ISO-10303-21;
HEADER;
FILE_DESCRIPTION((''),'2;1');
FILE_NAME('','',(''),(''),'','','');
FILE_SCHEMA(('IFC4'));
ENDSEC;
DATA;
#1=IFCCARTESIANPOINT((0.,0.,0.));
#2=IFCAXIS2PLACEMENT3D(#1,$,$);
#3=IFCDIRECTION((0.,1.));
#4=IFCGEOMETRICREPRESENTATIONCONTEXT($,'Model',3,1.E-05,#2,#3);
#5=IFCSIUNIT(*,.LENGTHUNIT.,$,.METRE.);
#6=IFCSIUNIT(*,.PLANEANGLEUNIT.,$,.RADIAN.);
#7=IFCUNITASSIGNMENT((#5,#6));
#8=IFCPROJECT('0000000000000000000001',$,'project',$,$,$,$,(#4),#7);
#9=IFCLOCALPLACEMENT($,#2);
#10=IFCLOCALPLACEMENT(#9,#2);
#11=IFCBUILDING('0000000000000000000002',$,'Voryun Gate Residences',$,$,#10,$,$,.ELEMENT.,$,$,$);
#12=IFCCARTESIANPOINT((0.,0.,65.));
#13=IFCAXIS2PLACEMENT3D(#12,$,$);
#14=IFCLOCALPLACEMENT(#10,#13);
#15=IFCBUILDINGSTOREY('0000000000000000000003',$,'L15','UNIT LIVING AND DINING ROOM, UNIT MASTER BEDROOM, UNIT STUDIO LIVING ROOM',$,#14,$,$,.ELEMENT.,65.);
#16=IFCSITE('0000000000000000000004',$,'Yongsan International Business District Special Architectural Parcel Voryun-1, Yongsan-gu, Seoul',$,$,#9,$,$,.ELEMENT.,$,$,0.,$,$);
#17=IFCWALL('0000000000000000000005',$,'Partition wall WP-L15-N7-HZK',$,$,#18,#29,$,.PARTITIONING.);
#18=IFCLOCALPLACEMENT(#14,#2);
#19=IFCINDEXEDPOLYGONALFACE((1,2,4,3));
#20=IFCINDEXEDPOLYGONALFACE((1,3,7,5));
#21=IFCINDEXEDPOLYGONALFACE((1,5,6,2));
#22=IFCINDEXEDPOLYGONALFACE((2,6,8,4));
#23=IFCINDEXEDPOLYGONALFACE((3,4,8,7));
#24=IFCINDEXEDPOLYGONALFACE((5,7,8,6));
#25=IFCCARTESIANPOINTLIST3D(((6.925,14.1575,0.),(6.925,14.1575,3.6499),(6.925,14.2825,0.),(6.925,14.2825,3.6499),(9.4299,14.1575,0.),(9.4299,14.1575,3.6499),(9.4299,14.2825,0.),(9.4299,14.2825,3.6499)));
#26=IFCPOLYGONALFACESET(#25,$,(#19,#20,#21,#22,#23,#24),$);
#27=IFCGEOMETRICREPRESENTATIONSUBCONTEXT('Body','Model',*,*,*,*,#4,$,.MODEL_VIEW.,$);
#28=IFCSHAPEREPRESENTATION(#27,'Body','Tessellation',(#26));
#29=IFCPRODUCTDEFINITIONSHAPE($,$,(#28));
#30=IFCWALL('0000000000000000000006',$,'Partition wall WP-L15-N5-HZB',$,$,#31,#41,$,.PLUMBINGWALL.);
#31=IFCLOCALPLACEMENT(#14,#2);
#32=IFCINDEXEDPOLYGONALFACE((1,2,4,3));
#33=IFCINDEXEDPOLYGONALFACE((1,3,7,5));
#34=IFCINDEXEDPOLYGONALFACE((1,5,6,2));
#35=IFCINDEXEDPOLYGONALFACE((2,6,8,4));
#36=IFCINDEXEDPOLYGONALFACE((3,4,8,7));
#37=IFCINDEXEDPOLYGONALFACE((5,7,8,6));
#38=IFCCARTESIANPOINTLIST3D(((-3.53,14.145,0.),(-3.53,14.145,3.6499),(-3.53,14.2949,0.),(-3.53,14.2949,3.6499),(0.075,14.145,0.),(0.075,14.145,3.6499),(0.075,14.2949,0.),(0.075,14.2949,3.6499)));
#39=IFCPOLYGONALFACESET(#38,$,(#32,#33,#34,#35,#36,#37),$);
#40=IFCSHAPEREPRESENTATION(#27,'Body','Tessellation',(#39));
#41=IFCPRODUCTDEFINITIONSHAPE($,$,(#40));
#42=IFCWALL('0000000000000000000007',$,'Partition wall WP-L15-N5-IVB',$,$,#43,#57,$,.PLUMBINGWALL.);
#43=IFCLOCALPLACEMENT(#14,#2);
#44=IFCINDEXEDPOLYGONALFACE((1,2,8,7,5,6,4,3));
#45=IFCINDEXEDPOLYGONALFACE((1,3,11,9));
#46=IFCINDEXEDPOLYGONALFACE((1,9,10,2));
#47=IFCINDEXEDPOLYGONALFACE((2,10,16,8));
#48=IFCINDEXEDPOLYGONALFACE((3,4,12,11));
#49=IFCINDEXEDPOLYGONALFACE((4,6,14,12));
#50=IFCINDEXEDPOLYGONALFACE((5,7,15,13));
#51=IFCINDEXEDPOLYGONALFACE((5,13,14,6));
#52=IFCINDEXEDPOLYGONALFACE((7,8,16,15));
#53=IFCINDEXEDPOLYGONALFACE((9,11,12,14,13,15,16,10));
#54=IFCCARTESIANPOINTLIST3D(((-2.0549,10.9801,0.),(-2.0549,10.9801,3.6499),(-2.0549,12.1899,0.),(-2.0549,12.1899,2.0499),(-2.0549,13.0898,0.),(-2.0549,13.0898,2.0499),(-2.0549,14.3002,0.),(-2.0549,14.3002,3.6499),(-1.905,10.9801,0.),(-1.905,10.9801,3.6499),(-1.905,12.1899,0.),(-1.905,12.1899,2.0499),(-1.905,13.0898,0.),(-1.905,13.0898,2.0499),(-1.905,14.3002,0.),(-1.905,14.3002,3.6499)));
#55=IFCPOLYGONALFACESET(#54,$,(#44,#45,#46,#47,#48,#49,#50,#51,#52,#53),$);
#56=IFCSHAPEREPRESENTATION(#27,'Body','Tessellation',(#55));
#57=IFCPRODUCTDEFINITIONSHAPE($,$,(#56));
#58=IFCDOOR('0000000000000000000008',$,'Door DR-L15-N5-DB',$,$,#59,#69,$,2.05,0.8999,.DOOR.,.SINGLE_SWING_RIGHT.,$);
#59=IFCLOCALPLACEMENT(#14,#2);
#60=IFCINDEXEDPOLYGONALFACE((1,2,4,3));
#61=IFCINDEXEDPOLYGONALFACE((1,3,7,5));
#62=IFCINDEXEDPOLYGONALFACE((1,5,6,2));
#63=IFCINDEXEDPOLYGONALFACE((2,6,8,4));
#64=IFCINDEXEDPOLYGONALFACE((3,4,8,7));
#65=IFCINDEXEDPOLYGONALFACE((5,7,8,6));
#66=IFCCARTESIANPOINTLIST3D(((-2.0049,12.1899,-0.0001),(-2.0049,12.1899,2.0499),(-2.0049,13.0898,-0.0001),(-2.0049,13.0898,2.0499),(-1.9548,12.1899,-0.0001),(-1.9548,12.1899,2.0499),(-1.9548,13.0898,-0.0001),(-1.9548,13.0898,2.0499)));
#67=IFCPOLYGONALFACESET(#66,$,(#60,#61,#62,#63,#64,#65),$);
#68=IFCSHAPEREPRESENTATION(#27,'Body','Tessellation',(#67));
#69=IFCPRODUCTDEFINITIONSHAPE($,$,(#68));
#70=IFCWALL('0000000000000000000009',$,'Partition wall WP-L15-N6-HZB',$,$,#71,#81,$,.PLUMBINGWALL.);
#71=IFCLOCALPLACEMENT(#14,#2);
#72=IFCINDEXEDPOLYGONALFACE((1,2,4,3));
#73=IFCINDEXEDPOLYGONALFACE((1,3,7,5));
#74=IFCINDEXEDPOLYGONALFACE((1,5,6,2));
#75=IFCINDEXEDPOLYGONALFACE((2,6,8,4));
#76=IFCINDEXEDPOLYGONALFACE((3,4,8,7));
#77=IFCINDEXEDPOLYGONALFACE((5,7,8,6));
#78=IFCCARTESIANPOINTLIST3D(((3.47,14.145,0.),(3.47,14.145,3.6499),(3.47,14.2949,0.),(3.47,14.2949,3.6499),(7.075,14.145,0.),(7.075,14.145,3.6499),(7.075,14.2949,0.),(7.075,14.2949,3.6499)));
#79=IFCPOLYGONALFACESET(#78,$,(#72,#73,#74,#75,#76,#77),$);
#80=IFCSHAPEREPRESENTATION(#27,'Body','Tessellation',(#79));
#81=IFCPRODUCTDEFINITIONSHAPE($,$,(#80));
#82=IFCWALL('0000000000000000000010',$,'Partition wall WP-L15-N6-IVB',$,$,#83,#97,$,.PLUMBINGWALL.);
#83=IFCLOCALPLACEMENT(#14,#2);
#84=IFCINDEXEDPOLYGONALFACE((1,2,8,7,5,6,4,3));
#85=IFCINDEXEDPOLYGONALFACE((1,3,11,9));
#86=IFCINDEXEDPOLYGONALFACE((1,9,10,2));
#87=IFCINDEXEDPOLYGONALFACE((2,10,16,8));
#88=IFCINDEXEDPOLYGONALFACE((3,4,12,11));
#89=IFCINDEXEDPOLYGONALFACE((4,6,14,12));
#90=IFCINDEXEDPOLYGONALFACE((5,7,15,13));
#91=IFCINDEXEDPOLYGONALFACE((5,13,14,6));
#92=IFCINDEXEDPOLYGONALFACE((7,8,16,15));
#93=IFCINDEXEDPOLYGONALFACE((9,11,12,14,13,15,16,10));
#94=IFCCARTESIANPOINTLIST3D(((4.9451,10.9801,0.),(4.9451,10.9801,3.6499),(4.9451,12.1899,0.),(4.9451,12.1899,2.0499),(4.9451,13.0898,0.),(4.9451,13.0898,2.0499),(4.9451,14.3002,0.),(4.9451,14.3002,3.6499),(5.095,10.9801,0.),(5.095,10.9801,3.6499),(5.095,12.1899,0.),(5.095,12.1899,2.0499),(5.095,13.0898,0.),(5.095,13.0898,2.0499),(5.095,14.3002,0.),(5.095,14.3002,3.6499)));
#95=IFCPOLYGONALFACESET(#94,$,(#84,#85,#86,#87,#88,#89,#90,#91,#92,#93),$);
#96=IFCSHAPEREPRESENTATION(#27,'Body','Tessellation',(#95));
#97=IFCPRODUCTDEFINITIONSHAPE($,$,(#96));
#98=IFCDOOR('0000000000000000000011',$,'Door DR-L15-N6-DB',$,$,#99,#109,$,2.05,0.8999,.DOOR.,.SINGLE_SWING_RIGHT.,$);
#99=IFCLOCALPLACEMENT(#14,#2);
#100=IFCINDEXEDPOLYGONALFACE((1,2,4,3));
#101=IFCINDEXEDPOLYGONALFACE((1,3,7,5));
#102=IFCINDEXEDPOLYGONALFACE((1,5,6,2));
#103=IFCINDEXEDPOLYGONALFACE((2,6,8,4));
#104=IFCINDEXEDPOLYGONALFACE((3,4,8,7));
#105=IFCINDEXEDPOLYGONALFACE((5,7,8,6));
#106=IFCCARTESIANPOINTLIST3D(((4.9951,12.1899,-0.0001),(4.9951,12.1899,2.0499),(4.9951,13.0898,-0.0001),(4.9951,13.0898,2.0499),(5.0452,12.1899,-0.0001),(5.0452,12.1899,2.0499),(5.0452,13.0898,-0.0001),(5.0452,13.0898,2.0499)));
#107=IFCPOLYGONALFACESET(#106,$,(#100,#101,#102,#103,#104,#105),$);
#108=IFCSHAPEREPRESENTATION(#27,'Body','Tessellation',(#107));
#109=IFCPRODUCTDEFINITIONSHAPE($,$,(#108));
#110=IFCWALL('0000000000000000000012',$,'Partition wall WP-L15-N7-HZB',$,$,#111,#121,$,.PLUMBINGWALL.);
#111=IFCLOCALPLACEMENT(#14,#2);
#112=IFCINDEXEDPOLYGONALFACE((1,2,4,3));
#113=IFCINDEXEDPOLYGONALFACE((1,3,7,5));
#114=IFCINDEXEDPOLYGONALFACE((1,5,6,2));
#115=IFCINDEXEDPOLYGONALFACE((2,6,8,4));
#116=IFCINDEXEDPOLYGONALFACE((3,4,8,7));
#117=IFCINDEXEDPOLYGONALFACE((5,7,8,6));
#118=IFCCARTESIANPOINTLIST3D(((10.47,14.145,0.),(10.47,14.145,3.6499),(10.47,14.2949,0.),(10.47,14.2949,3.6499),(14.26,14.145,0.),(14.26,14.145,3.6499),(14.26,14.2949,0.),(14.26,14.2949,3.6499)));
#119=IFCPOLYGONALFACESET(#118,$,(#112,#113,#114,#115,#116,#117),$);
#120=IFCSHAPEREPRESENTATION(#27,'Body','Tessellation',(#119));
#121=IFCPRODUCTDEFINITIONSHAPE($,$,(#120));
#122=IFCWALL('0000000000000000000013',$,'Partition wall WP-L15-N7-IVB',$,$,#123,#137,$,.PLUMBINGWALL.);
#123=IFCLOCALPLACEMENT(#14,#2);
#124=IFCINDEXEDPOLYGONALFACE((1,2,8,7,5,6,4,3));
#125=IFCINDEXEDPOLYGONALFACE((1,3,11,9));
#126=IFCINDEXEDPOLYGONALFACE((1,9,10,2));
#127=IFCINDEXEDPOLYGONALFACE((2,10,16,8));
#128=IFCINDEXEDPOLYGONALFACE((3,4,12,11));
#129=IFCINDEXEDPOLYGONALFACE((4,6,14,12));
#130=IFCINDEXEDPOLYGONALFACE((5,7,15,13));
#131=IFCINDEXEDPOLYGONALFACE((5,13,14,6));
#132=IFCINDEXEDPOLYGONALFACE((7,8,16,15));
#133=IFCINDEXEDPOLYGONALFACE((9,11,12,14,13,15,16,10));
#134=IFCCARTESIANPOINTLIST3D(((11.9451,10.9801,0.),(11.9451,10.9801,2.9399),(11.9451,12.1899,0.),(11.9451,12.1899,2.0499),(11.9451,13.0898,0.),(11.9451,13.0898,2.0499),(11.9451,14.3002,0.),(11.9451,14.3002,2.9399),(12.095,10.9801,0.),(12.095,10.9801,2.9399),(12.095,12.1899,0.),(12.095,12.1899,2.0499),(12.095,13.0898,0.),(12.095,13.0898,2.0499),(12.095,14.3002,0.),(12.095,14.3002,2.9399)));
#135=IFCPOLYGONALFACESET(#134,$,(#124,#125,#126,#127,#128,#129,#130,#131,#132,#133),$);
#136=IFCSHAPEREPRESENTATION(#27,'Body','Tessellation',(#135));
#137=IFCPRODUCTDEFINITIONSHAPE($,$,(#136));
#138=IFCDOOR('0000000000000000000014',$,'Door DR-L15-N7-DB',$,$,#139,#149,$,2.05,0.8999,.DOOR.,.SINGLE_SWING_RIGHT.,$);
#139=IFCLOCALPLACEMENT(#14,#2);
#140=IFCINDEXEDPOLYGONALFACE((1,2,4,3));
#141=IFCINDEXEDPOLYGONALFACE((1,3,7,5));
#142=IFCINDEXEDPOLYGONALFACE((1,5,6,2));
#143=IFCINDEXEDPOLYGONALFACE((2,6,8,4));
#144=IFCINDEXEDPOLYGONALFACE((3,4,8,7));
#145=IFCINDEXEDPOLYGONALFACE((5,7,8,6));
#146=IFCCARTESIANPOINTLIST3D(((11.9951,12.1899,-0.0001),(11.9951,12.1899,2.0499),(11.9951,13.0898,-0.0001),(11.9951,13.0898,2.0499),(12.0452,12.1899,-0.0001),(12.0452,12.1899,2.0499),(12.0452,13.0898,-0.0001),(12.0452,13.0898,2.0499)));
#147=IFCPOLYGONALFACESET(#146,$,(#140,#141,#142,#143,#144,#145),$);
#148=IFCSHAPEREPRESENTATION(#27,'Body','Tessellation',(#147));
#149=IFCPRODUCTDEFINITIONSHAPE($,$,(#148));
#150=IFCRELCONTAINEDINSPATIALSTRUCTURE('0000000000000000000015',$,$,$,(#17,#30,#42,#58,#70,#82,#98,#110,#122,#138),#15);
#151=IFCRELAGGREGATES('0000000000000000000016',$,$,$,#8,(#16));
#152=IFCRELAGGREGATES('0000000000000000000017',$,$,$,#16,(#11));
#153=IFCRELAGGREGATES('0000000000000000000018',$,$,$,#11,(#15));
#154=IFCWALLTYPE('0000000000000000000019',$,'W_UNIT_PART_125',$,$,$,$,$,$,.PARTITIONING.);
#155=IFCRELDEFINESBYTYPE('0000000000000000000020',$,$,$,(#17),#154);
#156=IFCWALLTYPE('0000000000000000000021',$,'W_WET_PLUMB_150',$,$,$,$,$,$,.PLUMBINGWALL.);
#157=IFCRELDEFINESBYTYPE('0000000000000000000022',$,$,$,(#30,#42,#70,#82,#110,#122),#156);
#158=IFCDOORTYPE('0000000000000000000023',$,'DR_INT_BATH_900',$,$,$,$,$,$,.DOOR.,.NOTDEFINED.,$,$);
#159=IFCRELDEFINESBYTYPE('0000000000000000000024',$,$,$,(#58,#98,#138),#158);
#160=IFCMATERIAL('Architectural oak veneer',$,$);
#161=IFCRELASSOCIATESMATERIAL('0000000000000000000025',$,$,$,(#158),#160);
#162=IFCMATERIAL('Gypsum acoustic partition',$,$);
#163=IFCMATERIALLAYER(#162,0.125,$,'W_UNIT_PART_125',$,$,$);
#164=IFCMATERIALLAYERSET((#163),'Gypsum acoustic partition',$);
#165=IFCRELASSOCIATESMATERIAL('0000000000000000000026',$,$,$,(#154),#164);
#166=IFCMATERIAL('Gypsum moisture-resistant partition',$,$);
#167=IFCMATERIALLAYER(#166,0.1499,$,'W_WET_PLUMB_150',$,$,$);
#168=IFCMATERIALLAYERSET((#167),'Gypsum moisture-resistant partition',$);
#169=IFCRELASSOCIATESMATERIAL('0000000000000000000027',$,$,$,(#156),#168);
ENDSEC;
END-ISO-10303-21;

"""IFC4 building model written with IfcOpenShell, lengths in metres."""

from ifc_helpers import new_model, si_unit, direction, frame, frame_2d, origin, place, context, subcontext, project, spatial, rectangle, extrude, material, layer, layer_set, type_object, element, fill, save


model = new_model("IFC4")

# Units and contexts
model_context = context("Model", 3, precision=1e-05, world=origin(), true_north=direction((0.0, 1.0)))
body_context = subcontext(model_context, "Body", "Model", "MODEL_VIEW")
ifc_project = project(units=[si_unit("LENGTHUNIT", "METRE"), si_unit("PLANEANGLEUNIT", "RADIAN")], contexts=[model_context])

# Site, building, storey
site_placement = place(None, origin())
site = spatial("IfcSite", under=ifc_project, at=site_placement, Name="Yongsan International Business District Special Architectural Parcel Voryun-1, Yongsan-gu, Seoul", CompositionType="ELEMENT", RefElevation=0.0)
building_placement = place(site_placement, origin())
building = spatial("IfcBuilding", under=site, at=building_placement, Name="Voryun Gate Residences", CompositionType="ELEMENT")
storey_placement = place(building_placement, frame((0.0, 0.0, 65.0)))
storey = spatial("IfcBuildingStorey", under=building, at=storey_placement, Name="L15", Description="UNIT LIVING AND DINING ROOM, UNIT MASTER BEDROOM, UNIT STUDIO LIVING ROOM", CompositionType="ELEMENT", Elevation=65.0)

# Shared definitions
ifc_material_1 = material(Name="Architectural oak veneer")
door_type_1 = type_object("IfcDoorType", Name="DR_INT_BATH_900", OperationType="NOTDEFINED", PredefinedType="DOOR", material=ifc_material_1)

# Shared definitions
ifc_material_2 = material(Name="Gypsum acoustic partition")
ifc_layer_1 = layer(ifc_material_2, 0.125, Name="W_UNIT_PART_125")
ifc_layer_set_1 = layer_set([ifc_layer_1], Name="Gypsum acoustic partition")
wall_type_1 = type_object("IfcWallType", Name="W_UNIT_PART_125", PredefinedType="PARTITIONING", material=ifc_layer_set_1)

# Walls
wall_1_placement = place(storey_placement, frame((6.925, 14.22, 0.0), z_axis=(0.0, 0.0, 1.0), x_axis=(1.0, 0.0, 0.0)))
element("IfcWall", 1, at=wall_1_placement, inside=storey, type_object=wall_type_1, Name="Partition wall WP-L15-N7-HZK", PredefinedType="PARTITIONING", context=body_context, shape_type="SweptSolid", body=[
    extrude(rectangle(XDim=2.5049, YDim=0.125, at=frame_2d((1.2524, 0.0))), origin(), (0.0, 0.0, 1.0), 3.6499),
])
ifc_material_3 = material(Name="Gypsum moisture-resistant partition")
ifc_layer_2 = layer(ifc_material_3, 0.1499, Name="W_WET_PLUMB_150")
ifc_layer_set_2 = layer_set([ifc_layer_2], Name="Gypsum moisture-resistant partition")
wall_type_2 = type_object("IfcWallType", Name="W_WET_PLUMB_150", PredefinedType="PLUMBINGWALL", material=ifc_layer_set_2)
wall_2_placement = place(storey_placement, frame((-3.53, 14.22, 0.0), z_axis=(0.0, 0.0, 1.0), x_axis=(1.0, 0.0, 0.0)))
element("IfcWall", 2, at=wall_2_placement, inside=storey, type_object=wall_type_2, Name="Partition wall WP-L15-N5-HZB", PredefinedType="PLUMBINGWALL", context=body_context, shape_type="SweptSolid", body=[
    extrude(rectangle(XDim=3.605, YDim=0.1499, at=frame_2d((1.8025, 0.0))), origin(), (0.0, 0.0, 1.0), 3.6499),
])

# Wall, opening, door
wall_3_placement = place(storey_placement, frame((-1.98, 10.98, 0.0), z_axis=(0.0, 0.0, 1.0), x_axis=(0.0, 1.0, 0.0)))
wall_3 = element("IfcWall", 3, at=wall_3_placement, inside=storey, type_object=wall_type_2, Name="Partition wall WP-L15-N5-IVB", PredefinedType="PLUMBINGWALL", context=body_context, shape_type="SweptSolid", body=[
    extrude(rectangle(XDim=3.3201, YDim=0.1499, at=frame_2d((1.6602, 0.0))), origin(), (0.0, 0.0, 1.0), 3.6499),
])
opening_1_placement = place(wall_3_placement, frame((1.21, 0.0, 0.0)))
opening_1 = element("IfcOpeningElement", 4, at=opening_1_placement, cuts=wall_3, PredefinedType="OPENING", context=body_context, shape_type="SweptSolid", body=[
    extrude(rectangle(XDim=0.8999, YDim=2.05, at=frame_2d((0.45, 1.0249))), frame((0.0, 0.085, 0.0), z_axis=(0.0, -1.0, 0.0), x_axis=(1.0, 0.0, 0.0)), (0.0, 0.0, 1.0), 0.1699),
])
door_1_placement = place(opening_1_placement, origin())
door_1 = element("IfcDoor", 5, at=door_1_placement, inside=storey, type_object=door_type_1, Name="Door DR-L15-N5-DB", OperationType="SINGLE_SWING_RIGHT", OverallHeight=2.05, OverallWidth=0.8999, PredefinedType="DOOR", context=body_context, shape_type="SweptSolid", body=[
    extrude(rectangle(XDim=0.8999, YDim=2.05, at=frame_2d((0.45, 1.0249))), frame((0.0, 0.0249, 0.0), z_axis=(0.0, -1.0, 0.0), x_axis=(1.0, 0.0, 0.0)), (0.0, 0.0, 1.0), 0.05),
])
fill(opening_1, door_1)

# Wall
wall_4_placement = place(storey_placement, frame((3.47, 14.22, 0.0), z_axis=(0.0, 0.0, 1.0), x_axis=(1.0, 0.0, 0.0)))
element("IfcWall", 6, at=wall_4_placement, inside=storey, type_object=wall_type_2, Name="Partition wall WP-L15-N6-HZB", PredefinedType="PLUMBINGWALL", context=body_context, shape_type="SweptSolid", body=[
    extrude(rectangle(XDim=3.605, YDim=0.1499, at=frame_2d((1.8025, 0.0))), origin(), (0.0, 0.0, 1.0), 3.6499),
])

# Wall, opening, door
wall_5_placement = place(storey_placement, frame((5.02, 10.98, 0.0), z_axis=(0.0, 0.0, 1.0), x_axis=(0.0, 1.0, 0.0)))
wall_5 = element("IfcWall", 7, at=wall_5_placement, inside=storey, type_object=wall_type_2, Name="Partition wall WP-L15-N6-IVB", PredefinedType="PLUMBINGWALL", context=body_context, shape_type="SweptSolid", body=[
    extrude(rectangle(XDim=3.3201, YDim=0.1499, at=frame_2d((1.6602, 0.0))), origin(), (0.0, 0.0, 1.0), 3.6499),
])
opening_2_placement = place(wall_5_placement, frame((1.21, 0.0, 0.0)))
opening_2 = element("IfcOpeningElement", 8, at=opening_2_placement, cuts=wall_5, PredefinedType="OPENING", context=body_context, shape_type="SweptSolid", body=[
    extrude(rectangle(XDim=0.8999, YDim=2.05, at=frame_2d((0.45, 1.0249))), frame((0.0, 0.085, 0.0), z_axis=(0.0, -1.0, 0.0), x_axis=(1.0, 0.0, 0.0)), (0.0, 0.0, 1.0), 0.1699),
])
door_2_placement = place(opening_2_placement, origin())
door_2 = element("IfcDoor", 9, at=door_2_placement, inside=storey, type_object=door_type_1, Name="Door DR-L15-N6-DB", OperationType="SINGLE_SWING_RIGHT", OverallHeight=2.05, OverallWidth=0.8999, PredefinedType="DOOR", context=body_context, shape_type="SweptSolid", body=[
    extrude(rectangle(XDim=0.8999, YDim=2.05, at=frame_2d((0.45, 1.0249))), frame((0.0, 0.0249, 0.0), z_axis=(0.0, -1.0, 0.0), x_axis=(1.0, 0.0, 0.0)), (0.0, 0.0, 1.0), 0.05),
])
fill(opening_2, door_2)

# Wall
wall_6_placement = place(storey_placement, frame((10.47, 14.22, 0.0), z_axis=(0.0, 0.0, 1.0), x_axis=(1.0, 0.0, 0.0)))
element("IfcWall", 10, at=wall_6_placement, inside=storey, type_object=wall_type_2, Name="Partition wall WP-L15-N7-HZB", PredefinedType="PLUMBINGWALL", context=body_context, shape_type="SweptSolid", body=[
    extrude(rectangle(XDim=3.79, YDim=0.1499, at=frame_2d((1.895, 0.0))), origin(), (0.0, 0.0, 1.0), 3.6499),
])

# Wall, opening, door
wall_7_placement = place(storey_placement, frame((12.02, 10.98, 0.0), z_axis=(0.0, 0.0, 1.0), x_axis=(0.0, 1.0, 0.0)))
wall_7 = element("IfcWall", 11, at=wall_7_placement, inside=storey, type_object=wall_type_2, Name="Partition wall WP-L15-N7-IVB", PredefinedType="PLUMBINGWALL", context=body_context, shape_type="SweptSolid", body=[
    extrude(rectangle(XDim=3.3201, YDim=0.1499, at=frame_2d((1.6602, 0.0))), origin(), (0.0, 0.0, 1.0), 2.9399),
])
opening_3_placement = place(wall_7_placement, frame((1.21, 0.0, 0.0)))
opening_3 = element("IfcOpeningElement", 12, at=opening_3_placement, cuts=wall_7, PredefinedType="OPENING", context=body_context, shape_type="SweptSolid", body=[
    extrude(rectangle(XDim=0.8999, YDim=2.05, at=frame_2d((0.45, 1.0249))), frame((0.0, 0.085, 0.0), z_axis=(0.0, -1.0, 0.0), x_axis=(1.0, 0.0, 0.0)), (0.0, 0.0, 1.0), 0.1699),
])
door_3_placement = place(opening_3_placement, origin())
door_3 = element("IfcDoor", 13, at=door_3_placement, inside=storey, type_object=door_type_1, Name="Door DR-L15-N7-DB", OperationType="SINGLE_SWING_RIGHT", OverallHeight=2.05, OverallWidth=0.8999, PredefinedType="DOOR", context=body_context, shape_type="SweptSolid", body=[
    extrude(rectangle(XDim=0.8999, YDim=2.05, at=frame_2d((0.45, 1.0249))), frame((0.0, 0.0249, 0.0), z_axis=(0.0, -1.0, 0.0), x_axis=(1.0, 0.0, 0.0)), (0.0, 0.0, 1.0), 0.05),
])
fill(opening_3, door_3)

save(model, "model.ifc")
